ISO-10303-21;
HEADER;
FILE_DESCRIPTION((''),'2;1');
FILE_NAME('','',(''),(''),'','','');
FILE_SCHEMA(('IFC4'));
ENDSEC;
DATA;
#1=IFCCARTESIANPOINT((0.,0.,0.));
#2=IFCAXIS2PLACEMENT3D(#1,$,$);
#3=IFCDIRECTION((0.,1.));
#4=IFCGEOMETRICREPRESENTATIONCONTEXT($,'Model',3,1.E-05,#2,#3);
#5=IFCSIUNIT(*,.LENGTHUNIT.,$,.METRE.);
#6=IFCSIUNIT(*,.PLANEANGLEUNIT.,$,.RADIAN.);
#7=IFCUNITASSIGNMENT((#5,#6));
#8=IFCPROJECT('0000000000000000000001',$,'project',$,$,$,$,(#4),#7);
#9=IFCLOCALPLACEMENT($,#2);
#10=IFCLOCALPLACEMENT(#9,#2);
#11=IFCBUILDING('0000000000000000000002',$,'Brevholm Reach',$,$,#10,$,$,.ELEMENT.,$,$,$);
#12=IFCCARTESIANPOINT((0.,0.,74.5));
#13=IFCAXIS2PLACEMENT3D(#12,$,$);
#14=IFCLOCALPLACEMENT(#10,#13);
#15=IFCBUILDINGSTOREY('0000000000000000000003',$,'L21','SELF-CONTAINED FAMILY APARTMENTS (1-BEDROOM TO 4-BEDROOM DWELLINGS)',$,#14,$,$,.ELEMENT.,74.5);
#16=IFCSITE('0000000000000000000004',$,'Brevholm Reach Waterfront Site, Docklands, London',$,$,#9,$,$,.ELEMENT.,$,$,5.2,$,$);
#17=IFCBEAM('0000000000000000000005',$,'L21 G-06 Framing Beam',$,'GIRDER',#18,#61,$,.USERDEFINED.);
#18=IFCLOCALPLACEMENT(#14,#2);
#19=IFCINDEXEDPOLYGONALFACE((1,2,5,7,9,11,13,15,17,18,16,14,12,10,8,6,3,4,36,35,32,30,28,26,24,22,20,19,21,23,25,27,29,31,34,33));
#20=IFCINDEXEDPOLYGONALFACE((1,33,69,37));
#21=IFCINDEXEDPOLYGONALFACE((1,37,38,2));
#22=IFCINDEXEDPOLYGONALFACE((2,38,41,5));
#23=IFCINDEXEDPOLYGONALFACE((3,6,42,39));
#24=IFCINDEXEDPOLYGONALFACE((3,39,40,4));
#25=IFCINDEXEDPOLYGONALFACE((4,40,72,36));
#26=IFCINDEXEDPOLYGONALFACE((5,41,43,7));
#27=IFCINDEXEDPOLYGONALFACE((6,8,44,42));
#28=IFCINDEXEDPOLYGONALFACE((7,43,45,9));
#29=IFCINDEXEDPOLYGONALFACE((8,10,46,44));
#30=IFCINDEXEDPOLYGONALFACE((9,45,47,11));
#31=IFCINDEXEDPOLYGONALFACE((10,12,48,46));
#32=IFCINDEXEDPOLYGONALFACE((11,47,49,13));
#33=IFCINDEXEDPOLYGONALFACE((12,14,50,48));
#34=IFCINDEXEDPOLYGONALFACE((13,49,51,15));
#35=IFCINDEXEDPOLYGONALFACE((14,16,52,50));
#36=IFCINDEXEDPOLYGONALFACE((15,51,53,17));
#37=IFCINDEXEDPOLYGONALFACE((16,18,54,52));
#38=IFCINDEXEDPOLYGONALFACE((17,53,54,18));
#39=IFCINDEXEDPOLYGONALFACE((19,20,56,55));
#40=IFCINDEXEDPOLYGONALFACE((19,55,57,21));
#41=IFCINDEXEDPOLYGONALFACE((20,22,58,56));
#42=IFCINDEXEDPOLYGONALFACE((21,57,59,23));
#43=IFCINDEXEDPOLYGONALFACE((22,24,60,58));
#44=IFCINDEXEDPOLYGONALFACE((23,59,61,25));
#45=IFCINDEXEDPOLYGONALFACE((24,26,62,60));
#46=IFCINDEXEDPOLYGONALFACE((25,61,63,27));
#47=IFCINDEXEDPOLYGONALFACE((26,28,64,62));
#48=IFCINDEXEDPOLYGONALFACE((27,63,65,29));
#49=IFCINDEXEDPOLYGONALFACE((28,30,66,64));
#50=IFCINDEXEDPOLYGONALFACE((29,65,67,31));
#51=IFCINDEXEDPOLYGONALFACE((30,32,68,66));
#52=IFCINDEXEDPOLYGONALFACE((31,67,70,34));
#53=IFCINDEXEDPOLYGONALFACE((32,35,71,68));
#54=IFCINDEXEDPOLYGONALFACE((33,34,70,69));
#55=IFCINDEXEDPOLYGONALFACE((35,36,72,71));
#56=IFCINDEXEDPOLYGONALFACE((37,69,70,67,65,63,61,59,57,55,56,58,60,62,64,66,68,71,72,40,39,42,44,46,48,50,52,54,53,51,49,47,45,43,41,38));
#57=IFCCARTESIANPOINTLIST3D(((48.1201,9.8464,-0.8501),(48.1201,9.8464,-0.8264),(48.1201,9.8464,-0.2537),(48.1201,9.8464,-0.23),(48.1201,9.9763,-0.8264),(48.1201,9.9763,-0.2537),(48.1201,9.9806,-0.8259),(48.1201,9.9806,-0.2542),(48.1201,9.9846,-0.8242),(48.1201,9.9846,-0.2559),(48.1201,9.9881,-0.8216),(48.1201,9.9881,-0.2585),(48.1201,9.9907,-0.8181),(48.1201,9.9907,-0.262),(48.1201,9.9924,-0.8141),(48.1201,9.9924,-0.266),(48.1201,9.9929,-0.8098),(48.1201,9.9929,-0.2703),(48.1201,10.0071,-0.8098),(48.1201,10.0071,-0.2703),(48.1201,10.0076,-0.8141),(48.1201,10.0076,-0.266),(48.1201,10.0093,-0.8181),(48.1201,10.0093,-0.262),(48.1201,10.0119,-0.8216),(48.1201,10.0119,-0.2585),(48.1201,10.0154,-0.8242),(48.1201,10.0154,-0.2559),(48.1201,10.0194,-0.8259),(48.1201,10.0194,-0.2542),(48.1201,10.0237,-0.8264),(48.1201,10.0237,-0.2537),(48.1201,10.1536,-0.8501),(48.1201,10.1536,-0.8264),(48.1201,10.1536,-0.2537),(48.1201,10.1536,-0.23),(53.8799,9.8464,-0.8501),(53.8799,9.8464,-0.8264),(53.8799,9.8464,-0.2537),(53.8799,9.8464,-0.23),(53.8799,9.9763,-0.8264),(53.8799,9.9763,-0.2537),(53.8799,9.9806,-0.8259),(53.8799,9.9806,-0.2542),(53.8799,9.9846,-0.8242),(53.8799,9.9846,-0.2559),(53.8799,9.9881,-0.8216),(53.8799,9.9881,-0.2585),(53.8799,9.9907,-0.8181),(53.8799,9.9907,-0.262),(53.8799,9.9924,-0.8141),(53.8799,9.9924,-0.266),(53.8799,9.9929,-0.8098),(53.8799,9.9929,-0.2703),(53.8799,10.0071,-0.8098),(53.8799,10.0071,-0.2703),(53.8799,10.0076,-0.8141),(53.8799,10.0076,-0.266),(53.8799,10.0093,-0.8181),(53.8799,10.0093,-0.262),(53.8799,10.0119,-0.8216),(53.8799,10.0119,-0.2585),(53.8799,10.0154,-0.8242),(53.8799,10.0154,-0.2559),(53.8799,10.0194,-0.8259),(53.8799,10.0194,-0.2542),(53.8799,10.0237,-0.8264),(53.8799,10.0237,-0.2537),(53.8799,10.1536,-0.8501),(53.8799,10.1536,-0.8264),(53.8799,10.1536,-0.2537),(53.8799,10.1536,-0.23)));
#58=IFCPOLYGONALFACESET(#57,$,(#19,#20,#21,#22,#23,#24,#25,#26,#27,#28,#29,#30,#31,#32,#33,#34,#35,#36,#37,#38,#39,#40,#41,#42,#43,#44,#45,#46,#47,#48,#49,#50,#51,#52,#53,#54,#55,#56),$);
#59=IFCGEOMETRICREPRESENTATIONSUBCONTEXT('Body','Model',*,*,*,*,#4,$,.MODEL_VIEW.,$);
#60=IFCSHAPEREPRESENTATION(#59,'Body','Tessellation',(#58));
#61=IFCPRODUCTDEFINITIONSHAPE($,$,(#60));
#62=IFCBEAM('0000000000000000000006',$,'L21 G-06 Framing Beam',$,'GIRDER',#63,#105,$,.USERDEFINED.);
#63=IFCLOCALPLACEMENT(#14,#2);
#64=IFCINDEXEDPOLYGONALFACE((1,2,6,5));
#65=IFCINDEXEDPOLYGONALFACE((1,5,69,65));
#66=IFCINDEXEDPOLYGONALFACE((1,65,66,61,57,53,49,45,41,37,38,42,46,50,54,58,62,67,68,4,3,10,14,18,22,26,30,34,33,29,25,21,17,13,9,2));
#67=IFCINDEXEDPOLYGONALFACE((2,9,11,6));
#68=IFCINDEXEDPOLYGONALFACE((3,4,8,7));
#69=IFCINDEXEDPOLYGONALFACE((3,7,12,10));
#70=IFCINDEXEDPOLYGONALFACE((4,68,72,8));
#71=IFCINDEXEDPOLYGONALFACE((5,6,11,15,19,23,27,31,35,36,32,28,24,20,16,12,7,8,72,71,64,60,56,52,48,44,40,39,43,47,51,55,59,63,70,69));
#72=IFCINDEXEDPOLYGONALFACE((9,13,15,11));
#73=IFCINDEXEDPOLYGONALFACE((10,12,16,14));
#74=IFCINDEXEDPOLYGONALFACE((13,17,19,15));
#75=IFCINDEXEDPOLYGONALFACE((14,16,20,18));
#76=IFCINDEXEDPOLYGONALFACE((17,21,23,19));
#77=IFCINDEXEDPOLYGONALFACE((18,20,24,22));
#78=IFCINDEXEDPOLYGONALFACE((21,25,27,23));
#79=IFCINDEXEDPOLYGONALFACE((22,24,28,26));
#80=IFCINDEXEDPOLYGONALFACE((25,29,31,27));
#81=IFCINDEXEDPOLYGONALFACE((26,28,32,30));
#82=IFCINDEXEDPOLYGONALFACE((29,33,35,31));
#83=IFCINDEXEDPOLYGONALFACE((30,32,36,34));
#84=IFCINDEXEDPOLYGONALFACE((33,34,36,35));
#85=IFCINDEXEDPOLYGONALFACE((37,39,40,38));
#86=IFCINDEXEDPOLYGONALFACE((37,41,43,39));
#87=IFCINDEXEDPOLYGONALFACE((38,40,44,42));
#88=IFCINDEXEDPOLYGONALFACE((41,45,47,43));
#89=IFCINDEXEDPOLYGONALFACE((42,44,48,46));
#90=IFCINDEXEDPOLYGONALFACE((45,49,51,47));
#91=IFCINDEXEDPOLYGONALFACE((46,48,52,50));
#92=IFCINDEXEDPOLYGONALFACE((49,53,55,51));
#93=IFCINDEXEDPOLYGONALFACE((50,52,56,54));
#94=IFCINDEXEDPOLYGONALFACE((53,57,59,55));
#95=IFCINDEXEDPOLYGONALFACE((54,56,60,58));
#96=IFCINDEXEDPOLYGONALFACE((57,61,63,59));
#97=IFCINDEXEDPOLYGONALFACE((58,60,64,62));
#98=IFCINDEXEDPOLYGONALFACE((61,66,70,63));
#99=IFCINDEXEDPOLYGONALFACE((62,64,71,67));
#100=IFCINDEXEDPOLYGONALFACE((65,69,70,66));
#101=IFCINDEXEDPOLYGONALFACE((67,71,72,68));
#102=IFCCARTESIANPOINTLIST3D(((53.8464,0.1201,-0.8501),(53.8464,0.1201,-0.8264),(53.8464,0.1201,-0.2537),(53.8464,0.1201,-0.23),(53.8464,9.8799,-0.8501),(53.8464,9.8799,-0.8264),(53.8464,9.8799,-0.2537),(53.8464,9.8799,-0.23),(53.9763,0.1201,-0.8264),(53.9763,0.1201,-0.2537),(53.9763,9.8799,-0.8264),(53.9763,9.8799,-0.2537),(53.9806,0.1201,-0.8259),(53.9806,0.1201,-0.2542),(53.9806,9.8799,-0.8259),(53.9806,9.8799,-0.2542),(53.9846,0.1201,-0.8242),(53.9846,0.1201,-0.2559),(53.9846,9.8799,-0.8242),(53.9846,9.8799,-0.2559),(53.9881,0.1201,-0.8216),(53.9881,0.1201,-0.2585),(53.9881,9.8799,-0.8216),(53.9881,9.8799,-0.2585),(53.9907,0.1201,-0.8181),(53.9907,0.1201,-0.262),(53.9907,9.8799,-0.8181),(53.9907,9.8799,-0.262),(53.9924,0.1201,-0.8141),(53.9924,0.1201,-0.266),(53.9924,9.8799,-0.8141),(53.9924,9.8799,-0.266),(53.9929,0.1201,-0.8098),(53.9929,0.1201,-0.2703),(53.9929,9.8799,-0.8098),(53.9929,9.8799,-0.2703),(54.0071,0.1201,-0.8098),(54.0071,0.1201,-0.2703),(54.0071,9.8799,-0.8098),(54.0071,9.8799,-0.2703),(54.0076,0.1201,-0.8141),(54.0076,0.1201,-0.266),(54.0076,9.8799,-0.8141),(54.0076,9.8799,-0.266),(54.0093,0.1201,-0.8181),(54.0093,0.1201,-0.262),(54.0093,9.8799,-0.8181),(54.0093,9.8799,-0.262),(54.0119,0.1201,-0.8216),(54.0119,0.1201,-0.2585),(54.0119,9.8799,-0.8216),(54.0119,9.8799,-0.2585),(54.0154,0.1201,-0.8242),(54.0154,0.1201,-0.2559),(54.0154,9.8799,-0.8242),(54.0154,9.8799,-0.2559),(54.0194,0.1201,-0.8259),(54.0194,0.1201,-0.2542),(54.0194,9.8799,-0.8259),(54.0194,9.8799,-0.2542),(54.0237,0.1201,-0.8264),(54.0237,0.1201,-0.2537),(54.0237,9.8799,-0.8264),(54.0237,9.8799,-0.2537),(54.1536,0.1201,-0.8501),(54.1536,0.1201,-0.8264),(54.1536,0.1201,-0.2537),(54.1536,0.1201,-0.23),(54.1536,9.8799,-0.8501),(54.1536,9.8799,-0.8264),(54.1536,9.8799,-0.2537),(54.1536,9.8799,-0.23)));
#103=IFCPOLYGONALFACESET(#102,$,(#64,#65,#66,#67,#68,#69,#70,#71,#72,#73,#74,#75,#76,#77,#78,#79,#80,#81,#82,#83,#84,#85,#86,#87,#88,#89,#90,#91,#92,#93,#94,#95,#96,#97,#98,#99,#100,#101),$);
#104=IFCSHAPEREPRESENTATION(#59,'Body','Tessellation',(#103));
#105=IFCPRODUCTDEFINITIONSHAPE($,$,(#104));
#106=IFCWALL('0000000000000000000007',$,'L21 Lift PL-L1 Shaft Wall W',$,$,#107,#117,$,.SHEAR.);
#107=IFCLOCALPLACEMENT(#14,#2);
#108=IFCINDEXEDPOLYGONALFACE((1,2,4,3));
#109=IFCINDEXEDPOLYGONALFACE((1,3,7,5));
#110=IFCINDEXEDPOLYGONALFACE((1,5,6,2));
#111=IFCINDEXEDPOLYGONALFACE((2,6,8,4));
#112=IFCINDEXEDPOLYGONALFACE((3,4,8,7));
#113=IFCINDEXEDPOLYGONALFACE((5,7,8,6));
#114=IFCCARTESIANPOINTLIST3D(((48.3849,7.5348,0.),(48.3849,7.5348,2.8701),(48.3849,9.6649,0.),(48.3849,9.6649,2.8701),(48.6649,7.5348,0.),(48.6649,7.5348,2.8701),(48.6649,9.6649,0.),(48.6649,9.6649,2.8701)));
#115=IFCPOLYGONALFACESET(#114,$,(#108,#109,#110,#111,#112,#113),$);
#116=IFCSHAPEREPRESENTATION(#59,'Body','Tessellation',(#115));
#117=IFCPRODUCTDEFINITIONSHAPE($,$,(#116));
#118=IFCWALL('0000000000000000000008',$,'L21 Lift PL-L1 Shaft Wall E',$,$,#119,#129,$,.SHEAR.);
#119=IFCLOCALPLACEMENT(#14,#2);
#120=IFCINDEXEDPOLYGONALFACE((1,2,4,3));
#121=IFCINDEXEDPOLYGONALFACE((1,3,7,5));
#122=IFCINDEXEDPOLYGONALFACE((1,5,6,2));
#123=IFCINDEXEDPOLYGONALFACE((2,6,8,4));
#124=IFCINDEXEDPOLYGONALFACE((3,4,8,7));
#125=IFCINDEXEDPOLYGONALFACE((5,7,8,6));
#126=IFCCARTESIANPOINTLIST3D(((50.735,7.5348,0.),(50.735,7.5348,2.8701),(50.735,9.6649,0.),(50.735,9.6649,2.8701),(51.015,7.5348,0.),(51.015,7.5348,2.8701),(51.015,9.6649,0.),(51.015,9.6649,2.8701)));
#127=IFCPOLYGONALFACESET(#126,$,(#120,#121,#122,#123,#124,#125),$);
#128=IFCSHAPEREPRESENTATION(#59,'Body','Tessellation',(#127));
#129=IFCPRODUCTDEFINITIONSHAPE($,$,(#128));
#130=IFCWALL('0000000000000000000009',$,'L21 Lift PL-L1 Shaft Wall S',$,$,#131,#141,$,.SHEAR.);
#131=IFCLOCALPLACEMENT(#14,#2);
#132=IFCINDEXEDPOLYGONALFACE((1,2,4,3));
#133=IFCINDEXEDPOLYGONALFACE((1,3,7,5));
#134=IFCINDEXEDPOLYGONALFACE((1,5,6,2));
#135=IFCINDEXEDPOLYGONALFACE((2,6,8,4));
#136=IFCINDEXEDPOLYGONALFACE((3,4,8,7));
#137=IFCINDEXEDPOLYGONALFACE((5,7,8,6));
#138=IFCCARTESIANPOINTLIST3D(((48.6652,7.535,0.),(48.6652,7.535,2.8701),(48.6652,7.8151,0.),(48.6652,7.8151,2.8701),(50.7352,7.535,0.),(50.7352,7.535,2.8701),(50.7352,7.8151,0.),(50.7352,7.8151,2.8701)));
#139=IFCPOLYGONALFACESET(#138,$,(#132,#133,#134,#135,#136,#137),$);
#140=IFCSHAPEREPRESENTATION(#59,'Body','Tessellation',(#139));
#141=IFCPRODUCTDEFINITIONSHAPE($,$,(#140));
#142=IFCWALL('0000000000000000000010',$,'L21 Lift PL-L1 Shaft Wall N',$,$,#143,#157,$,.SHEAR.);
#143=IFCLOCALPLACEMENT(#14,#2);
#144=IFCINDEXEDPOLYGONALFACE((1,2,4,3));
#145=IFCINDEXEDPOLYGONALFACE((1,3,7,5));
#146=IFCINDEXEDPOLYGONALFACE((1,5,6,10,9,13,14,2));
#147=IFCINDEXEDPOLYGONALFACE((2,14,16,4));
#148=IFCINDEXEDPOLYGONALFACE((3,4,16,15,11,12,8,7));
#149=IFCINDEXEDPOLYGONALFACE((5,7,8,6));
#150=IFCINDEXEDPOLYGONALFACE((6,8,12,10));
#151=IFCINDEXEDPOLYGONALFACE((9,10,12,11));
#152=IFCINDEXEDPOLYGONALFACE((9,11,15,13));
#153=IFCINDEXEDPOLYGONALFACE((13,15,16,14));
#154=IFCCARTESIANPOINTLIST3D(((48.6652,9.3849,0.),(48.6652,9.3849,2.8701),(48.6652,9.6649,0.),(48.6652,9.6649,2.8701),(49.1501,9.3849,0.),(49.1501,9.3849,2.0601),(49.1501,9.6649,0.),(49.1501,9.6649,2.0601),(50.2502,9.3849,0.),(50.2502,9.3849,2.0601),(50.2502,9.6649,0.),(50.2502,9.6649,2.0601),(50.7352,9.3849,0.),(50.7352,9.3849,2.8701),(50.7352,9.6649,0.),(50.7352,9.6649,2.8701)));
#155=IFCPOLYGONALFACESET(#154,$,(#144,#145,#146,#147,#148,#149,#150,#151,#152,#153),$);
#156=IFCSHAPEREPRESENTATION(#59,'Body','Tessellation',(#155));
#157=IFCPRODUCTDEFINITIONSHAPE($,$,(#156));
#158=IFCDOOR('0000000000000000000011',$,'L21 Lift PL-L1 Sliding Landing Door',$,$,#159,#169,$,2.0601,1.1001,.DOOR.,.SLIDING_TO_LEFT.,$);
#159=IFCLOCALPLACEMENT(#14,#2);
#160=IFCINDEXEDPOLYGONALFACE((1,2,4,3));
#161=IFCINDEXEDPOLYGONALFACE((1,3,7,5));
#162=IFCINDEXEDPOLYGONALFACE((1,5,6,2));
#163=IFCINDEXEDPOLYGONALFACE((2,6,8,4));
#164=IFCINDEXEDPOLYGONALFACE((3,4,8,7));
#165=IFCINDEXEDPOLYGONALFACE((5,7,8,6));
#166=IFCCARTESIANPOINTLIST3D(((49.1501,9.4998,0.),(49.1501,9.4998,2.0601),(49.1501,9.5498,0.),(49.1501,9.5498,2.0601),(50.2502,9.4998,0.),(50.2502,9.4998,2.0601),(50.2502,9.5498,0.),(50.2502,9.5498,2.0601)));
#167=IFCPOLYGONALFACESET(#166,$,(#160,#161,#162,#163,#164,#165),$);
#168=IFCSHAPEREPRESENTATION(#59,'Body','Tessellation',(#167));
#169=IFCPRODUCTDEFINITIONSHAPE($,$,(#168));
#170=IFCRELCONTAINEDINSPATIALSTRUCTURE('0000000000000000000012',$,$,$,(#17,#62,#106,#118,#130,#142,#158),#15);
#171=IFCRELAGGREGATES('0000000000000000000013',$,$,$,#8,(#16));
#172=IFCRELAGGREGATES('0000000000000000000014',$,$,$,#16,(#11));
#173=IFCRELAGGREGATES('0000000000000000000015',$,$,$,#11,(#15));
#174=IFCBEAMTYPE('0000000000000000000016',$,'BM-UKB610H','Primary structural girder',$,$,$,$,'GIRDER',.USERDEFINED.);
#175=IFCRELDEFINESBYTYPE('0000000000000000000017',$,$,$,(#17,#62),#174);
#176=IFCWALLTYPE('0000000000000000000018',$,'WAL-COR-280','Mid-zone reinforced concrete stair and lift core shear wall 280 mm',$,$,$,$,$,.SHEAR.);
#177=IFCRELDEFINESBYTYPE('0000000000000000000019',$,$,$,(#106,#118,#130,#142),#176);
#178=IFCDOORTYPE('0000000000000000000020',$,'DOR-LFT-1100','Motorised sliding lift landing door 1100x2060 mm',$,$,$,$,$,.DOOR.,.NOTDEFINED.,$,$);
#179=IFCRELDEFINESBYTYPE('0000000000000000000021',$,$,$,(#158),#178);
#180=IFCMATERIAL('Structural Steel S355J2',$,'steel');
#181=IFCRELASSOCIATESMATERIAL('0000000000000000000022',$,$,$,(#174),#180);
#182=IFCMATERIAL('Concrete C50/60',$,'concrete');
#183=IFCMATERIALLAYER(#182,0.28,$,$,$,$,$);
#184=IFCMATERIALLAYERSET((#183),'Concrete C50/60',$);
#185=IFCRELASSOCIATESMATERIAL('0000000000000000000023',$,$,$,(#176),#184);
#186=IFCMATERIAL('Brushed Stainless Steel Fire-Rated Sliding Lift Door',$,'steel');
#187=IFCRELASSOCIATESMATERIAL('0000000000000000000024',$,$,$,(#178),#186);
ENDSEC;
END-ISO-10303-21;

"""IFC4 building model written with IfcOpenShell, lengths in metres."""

from ifc_helpers import new_model, si_unit, direction, frame, frame_2d, origin, origin_2d, place, context, subcontext, project, spatial, rectangle, i_section, extrude, material, layer, layer_set, material_profile, profile_set, type_object, element, fill, save


model = new_model("IFC4")

# Units and contexts
model_context = context("Model", 3, precision=1e-05, world=origin(), true_north=direction((0.0, 1.0)))
body_context = subcontext(model_context, "Body", "Model", "MODEL_VIEW")
ifc_project = project(units=[si_unit("LENGTHUNIT", "METRE"), si_unit("PLANEANGLEUNIT", "RADIAN")], contexts=[model_context])

# Site, building, storey
site_placement = place(None, origin())
site = spatial("IfcSite", under=ifc_project, at=site_placement, Name="Brevholm Reach Waterfront Site, Docklands, London", CompositionType="ELEMENT", RefElevation=5.2)
building_placement = place(site_placement, origin())
building = spatial("IfcBuilding", under=site, at=building_placement, Name="Brevholm Reach", CompositionType="ELEMENT")
storey_placement = place(building_placement, frame((0.0, 0.0, 74.5)))
storey = spatial("IfcBuildingStorey", under=building, at=storey_placement, Name="L21", Description="SELF-CONTAINED FAMILY APARTMENTS (1-BEDROOM TO 4-BEDROOM DWELLINGS)", CompositionType="ELEMENT", Elevation=74.5)

# Beams
ifc_material_1 = material(Name="Structural Steel S355J2", Category="steel")
ifc_material_profile_1 = material_profile(ifc_material_1, i_section(OverallWidth=0.3071, OverallDepth=0.6201, WebThickness=0.0142, FlangeThickness=0.0237, FilletRadius=0.0166, at=origin_2d()), Name="UKB 610x305x179")
ifc_profile_set_1 = profile_set([ifc_material_profile_1], Name="Structural Steel S355J2")
beam_type_1 = type_object("IfcBeamType", Name="BM-UKB610H", Description="Primary structural girder", ElementType="GIRDER", PredefinedType="USERDEFINED", material=ifc_profile_set_1)
beam_1_placement = place(storey_placement, frame((48.1201, 10.0, -0.54), z_axis=(1.0, 0.0, 0.0), x_axis=(0.0, 1.0, 0.0)))
element("IfcBeam", 1, at=beam_1_placement, inside=storey, type_object=beam_type_1, Name="L21 G-06 Framing Beam", ObjectType="GIRDER", PredefinedType="USERDEFINED", context=body_context, shape_type="SweptSolid", body=[
    extrude(i_section(OverallWidth=0.3071, OverallDepth=0.6201, WebThickness=0.0142, FlangeThickness=0.0237, FilletRadius=0.0166, at=origin_2d()), origin(), (0.0, 0.0, 1.0), 5.7598),
])
beam_2_placement = place(storey_placement, frame((54.0, 0.1201, -0.54), z_axis=(0.0, 1.0, 0.0), x_axis=(-1.0, 0.0, 0.0)))
element("IfcBeam", 2, at=beam_2_placement, inside=storey, type_object=beam_type_1, Name="L21 G-06 Framing Beam", ObjectType="GIRDER", PredefinedType="USERDEFINED", context=body_context, shape_type="SweptSolid", body=[
    extrude(i_section(OverallWidth=0.3071, OverallDepth=0.6201, WebThickness=0.0142, FlangeThickness=0.0237, FilletRadius=0.0166, at=origin_2d()), origin(), (0.0, 0.0, 1.0), 9.7598),
])

# Walls
ifc_material_2 = material(Name="Concrete C50/60", Category="concrete")
ifc_layer_1 = layer(ifc_material_2, 0.28)
ifc_layer_set_1 = layer_set([ifc_layer_1], Name="Concrete C50/60")
wall_type_1 = type_object("IfcWallType", Name="WAL-COR-280", Description="Mid-zone reinforced concrete stair and lift core shear wall 280 mm", PredefinedType="SHEAR", material=ifc_layer_set_1)
for number, where, z_axis, x_axis, name in (
    (3, (48.5249, 7.5349, 0.0), (0.0, 0.0, 1.0), (0.0, 1.0, 0.0), "L21 Lift PL-L1 Shaft Wall W"),
    (4, (50.875, 7.5349, 0.0), (0.0, 0.0, 1.0), (0.0, 1.0, 0.0), "L21 Lift PL-L1 Shaft Wall E"),
):
    element("IfcWall", number, at=place(storey_placement, frame(where, z_axis=z_axis, x_axis=x_axis)), inside=storey, type_object=wall_type_1, Name=name, PredefinedType="SHEAR", context=body_context, shape_type="SweptSolid", body=[
        extrude(rectangle(XDim=2.1301, YDim=0.28, at=frame_2d((1.0649, 0.0))), origin(), (0.0, 0.0, 1.0), 2.8701),
    ])
wall_1_placement = place(storey_placement, frame((48.665, 7.675, 0.0), z_axis=(0.0, 0.0, 1.0), x_axis=(1.0, 0.0, 0.0)))
element("IfcWall", 5, at=wall_1_placement, inside=storey, type_object=wall_type_1, Name="L21 Lift PL-L1 Shaft Wall S", PredefinedType="SHEAR", context=body_context, shape_type="SweptSolid", body=[
    extrude(rectangle(XDim=2.0701, YDim=0.28, at=frame_2d((1.0352, 0.0))), origin(), (0.0, 0.0, 1.0), 2.8701),
])

# Wall, opening, door
wall_2_placement = place(storey_placement, frame((48.665, 9.5249, 0.0), z_axis=(0.0, 0.0, 1.0), x_axis=(1.0, 0.0, 0.0)))
wall_2 = element("IfcWall", 6, at=wall_2_placement, inside=storey, type_object=wall_type_1, Name="L21 Lift PL-L1 Shaft Wall N", PredefinedType="SHEAR", context=body_context, shape_type="SweptSolid", body=[
    extrude(rectangle(XDim=2.0701, YDim=0.28, at=frame_2d((1.0352, 0.0))), origin(), (0.0, 0.0, 1.0), 2.8701),
])
opening_1_placement = place(wall_2_placement, frame((0.4851, 0.0, 0.0)))
opening_1 = element("IfcOpeningElement", 7, at=opening_1_placement, cuts=wall_2, PredefinedType="OPENING", context=body_context, shape_type="SweptSolid", body=[
    extrude(rectangle(XDim=1.1001, YDim=2.0601, at=frame_2d((0.55, 1.03))), frame((0.0, 0.1499, 0.0), z_axis=(0.0, -1.0, 0.0), x_axis=(1.0, 0.0, 0.0)), (0.0, 0.0, 1.0), 0.3),
])
ifc_material_3 = material(Name="Brushed Stainless Steel Fire-Rated Sliding Lift Door", Category="steel")
door_type_1 = type_object("IfcDoorType", Name="DOR-LFT-1100", Description="Motorised sliding lift landing door 1100x2060 mm", OperationType="NOTDEFINED", PredefinedType="DOOR", material=ifc_material_3)
door_1_placement = place(opening_1_placement, origin())
door_1 = element("IfcDoor", 8, at=door_1_placement, inside=storey, type_object=door_type_1, Name="L21 Lift PL-L1 Sliding Landing Door", OperationType="SLIDING_TO_LEFT", OverallHeight=2.0601, OverallWidth=1.1001, PredefinedType="DOOR", context=body_context, shape_type="SweptSolid", body=[
    extrude(rectangle(XDim=1.1001, YDim=2.0601, at=frame_2d((0.55, 1.03))), frame((0.0, 0.0249, 0.0), z_axis=(0.0, -1.0, 0.0), x_axis=(1.0, 0.0, 0.0)), (0.0, 0.0, 1.0), 0.05),
])
fill(opening_1, door_1)

save(model, "model.ifc")
